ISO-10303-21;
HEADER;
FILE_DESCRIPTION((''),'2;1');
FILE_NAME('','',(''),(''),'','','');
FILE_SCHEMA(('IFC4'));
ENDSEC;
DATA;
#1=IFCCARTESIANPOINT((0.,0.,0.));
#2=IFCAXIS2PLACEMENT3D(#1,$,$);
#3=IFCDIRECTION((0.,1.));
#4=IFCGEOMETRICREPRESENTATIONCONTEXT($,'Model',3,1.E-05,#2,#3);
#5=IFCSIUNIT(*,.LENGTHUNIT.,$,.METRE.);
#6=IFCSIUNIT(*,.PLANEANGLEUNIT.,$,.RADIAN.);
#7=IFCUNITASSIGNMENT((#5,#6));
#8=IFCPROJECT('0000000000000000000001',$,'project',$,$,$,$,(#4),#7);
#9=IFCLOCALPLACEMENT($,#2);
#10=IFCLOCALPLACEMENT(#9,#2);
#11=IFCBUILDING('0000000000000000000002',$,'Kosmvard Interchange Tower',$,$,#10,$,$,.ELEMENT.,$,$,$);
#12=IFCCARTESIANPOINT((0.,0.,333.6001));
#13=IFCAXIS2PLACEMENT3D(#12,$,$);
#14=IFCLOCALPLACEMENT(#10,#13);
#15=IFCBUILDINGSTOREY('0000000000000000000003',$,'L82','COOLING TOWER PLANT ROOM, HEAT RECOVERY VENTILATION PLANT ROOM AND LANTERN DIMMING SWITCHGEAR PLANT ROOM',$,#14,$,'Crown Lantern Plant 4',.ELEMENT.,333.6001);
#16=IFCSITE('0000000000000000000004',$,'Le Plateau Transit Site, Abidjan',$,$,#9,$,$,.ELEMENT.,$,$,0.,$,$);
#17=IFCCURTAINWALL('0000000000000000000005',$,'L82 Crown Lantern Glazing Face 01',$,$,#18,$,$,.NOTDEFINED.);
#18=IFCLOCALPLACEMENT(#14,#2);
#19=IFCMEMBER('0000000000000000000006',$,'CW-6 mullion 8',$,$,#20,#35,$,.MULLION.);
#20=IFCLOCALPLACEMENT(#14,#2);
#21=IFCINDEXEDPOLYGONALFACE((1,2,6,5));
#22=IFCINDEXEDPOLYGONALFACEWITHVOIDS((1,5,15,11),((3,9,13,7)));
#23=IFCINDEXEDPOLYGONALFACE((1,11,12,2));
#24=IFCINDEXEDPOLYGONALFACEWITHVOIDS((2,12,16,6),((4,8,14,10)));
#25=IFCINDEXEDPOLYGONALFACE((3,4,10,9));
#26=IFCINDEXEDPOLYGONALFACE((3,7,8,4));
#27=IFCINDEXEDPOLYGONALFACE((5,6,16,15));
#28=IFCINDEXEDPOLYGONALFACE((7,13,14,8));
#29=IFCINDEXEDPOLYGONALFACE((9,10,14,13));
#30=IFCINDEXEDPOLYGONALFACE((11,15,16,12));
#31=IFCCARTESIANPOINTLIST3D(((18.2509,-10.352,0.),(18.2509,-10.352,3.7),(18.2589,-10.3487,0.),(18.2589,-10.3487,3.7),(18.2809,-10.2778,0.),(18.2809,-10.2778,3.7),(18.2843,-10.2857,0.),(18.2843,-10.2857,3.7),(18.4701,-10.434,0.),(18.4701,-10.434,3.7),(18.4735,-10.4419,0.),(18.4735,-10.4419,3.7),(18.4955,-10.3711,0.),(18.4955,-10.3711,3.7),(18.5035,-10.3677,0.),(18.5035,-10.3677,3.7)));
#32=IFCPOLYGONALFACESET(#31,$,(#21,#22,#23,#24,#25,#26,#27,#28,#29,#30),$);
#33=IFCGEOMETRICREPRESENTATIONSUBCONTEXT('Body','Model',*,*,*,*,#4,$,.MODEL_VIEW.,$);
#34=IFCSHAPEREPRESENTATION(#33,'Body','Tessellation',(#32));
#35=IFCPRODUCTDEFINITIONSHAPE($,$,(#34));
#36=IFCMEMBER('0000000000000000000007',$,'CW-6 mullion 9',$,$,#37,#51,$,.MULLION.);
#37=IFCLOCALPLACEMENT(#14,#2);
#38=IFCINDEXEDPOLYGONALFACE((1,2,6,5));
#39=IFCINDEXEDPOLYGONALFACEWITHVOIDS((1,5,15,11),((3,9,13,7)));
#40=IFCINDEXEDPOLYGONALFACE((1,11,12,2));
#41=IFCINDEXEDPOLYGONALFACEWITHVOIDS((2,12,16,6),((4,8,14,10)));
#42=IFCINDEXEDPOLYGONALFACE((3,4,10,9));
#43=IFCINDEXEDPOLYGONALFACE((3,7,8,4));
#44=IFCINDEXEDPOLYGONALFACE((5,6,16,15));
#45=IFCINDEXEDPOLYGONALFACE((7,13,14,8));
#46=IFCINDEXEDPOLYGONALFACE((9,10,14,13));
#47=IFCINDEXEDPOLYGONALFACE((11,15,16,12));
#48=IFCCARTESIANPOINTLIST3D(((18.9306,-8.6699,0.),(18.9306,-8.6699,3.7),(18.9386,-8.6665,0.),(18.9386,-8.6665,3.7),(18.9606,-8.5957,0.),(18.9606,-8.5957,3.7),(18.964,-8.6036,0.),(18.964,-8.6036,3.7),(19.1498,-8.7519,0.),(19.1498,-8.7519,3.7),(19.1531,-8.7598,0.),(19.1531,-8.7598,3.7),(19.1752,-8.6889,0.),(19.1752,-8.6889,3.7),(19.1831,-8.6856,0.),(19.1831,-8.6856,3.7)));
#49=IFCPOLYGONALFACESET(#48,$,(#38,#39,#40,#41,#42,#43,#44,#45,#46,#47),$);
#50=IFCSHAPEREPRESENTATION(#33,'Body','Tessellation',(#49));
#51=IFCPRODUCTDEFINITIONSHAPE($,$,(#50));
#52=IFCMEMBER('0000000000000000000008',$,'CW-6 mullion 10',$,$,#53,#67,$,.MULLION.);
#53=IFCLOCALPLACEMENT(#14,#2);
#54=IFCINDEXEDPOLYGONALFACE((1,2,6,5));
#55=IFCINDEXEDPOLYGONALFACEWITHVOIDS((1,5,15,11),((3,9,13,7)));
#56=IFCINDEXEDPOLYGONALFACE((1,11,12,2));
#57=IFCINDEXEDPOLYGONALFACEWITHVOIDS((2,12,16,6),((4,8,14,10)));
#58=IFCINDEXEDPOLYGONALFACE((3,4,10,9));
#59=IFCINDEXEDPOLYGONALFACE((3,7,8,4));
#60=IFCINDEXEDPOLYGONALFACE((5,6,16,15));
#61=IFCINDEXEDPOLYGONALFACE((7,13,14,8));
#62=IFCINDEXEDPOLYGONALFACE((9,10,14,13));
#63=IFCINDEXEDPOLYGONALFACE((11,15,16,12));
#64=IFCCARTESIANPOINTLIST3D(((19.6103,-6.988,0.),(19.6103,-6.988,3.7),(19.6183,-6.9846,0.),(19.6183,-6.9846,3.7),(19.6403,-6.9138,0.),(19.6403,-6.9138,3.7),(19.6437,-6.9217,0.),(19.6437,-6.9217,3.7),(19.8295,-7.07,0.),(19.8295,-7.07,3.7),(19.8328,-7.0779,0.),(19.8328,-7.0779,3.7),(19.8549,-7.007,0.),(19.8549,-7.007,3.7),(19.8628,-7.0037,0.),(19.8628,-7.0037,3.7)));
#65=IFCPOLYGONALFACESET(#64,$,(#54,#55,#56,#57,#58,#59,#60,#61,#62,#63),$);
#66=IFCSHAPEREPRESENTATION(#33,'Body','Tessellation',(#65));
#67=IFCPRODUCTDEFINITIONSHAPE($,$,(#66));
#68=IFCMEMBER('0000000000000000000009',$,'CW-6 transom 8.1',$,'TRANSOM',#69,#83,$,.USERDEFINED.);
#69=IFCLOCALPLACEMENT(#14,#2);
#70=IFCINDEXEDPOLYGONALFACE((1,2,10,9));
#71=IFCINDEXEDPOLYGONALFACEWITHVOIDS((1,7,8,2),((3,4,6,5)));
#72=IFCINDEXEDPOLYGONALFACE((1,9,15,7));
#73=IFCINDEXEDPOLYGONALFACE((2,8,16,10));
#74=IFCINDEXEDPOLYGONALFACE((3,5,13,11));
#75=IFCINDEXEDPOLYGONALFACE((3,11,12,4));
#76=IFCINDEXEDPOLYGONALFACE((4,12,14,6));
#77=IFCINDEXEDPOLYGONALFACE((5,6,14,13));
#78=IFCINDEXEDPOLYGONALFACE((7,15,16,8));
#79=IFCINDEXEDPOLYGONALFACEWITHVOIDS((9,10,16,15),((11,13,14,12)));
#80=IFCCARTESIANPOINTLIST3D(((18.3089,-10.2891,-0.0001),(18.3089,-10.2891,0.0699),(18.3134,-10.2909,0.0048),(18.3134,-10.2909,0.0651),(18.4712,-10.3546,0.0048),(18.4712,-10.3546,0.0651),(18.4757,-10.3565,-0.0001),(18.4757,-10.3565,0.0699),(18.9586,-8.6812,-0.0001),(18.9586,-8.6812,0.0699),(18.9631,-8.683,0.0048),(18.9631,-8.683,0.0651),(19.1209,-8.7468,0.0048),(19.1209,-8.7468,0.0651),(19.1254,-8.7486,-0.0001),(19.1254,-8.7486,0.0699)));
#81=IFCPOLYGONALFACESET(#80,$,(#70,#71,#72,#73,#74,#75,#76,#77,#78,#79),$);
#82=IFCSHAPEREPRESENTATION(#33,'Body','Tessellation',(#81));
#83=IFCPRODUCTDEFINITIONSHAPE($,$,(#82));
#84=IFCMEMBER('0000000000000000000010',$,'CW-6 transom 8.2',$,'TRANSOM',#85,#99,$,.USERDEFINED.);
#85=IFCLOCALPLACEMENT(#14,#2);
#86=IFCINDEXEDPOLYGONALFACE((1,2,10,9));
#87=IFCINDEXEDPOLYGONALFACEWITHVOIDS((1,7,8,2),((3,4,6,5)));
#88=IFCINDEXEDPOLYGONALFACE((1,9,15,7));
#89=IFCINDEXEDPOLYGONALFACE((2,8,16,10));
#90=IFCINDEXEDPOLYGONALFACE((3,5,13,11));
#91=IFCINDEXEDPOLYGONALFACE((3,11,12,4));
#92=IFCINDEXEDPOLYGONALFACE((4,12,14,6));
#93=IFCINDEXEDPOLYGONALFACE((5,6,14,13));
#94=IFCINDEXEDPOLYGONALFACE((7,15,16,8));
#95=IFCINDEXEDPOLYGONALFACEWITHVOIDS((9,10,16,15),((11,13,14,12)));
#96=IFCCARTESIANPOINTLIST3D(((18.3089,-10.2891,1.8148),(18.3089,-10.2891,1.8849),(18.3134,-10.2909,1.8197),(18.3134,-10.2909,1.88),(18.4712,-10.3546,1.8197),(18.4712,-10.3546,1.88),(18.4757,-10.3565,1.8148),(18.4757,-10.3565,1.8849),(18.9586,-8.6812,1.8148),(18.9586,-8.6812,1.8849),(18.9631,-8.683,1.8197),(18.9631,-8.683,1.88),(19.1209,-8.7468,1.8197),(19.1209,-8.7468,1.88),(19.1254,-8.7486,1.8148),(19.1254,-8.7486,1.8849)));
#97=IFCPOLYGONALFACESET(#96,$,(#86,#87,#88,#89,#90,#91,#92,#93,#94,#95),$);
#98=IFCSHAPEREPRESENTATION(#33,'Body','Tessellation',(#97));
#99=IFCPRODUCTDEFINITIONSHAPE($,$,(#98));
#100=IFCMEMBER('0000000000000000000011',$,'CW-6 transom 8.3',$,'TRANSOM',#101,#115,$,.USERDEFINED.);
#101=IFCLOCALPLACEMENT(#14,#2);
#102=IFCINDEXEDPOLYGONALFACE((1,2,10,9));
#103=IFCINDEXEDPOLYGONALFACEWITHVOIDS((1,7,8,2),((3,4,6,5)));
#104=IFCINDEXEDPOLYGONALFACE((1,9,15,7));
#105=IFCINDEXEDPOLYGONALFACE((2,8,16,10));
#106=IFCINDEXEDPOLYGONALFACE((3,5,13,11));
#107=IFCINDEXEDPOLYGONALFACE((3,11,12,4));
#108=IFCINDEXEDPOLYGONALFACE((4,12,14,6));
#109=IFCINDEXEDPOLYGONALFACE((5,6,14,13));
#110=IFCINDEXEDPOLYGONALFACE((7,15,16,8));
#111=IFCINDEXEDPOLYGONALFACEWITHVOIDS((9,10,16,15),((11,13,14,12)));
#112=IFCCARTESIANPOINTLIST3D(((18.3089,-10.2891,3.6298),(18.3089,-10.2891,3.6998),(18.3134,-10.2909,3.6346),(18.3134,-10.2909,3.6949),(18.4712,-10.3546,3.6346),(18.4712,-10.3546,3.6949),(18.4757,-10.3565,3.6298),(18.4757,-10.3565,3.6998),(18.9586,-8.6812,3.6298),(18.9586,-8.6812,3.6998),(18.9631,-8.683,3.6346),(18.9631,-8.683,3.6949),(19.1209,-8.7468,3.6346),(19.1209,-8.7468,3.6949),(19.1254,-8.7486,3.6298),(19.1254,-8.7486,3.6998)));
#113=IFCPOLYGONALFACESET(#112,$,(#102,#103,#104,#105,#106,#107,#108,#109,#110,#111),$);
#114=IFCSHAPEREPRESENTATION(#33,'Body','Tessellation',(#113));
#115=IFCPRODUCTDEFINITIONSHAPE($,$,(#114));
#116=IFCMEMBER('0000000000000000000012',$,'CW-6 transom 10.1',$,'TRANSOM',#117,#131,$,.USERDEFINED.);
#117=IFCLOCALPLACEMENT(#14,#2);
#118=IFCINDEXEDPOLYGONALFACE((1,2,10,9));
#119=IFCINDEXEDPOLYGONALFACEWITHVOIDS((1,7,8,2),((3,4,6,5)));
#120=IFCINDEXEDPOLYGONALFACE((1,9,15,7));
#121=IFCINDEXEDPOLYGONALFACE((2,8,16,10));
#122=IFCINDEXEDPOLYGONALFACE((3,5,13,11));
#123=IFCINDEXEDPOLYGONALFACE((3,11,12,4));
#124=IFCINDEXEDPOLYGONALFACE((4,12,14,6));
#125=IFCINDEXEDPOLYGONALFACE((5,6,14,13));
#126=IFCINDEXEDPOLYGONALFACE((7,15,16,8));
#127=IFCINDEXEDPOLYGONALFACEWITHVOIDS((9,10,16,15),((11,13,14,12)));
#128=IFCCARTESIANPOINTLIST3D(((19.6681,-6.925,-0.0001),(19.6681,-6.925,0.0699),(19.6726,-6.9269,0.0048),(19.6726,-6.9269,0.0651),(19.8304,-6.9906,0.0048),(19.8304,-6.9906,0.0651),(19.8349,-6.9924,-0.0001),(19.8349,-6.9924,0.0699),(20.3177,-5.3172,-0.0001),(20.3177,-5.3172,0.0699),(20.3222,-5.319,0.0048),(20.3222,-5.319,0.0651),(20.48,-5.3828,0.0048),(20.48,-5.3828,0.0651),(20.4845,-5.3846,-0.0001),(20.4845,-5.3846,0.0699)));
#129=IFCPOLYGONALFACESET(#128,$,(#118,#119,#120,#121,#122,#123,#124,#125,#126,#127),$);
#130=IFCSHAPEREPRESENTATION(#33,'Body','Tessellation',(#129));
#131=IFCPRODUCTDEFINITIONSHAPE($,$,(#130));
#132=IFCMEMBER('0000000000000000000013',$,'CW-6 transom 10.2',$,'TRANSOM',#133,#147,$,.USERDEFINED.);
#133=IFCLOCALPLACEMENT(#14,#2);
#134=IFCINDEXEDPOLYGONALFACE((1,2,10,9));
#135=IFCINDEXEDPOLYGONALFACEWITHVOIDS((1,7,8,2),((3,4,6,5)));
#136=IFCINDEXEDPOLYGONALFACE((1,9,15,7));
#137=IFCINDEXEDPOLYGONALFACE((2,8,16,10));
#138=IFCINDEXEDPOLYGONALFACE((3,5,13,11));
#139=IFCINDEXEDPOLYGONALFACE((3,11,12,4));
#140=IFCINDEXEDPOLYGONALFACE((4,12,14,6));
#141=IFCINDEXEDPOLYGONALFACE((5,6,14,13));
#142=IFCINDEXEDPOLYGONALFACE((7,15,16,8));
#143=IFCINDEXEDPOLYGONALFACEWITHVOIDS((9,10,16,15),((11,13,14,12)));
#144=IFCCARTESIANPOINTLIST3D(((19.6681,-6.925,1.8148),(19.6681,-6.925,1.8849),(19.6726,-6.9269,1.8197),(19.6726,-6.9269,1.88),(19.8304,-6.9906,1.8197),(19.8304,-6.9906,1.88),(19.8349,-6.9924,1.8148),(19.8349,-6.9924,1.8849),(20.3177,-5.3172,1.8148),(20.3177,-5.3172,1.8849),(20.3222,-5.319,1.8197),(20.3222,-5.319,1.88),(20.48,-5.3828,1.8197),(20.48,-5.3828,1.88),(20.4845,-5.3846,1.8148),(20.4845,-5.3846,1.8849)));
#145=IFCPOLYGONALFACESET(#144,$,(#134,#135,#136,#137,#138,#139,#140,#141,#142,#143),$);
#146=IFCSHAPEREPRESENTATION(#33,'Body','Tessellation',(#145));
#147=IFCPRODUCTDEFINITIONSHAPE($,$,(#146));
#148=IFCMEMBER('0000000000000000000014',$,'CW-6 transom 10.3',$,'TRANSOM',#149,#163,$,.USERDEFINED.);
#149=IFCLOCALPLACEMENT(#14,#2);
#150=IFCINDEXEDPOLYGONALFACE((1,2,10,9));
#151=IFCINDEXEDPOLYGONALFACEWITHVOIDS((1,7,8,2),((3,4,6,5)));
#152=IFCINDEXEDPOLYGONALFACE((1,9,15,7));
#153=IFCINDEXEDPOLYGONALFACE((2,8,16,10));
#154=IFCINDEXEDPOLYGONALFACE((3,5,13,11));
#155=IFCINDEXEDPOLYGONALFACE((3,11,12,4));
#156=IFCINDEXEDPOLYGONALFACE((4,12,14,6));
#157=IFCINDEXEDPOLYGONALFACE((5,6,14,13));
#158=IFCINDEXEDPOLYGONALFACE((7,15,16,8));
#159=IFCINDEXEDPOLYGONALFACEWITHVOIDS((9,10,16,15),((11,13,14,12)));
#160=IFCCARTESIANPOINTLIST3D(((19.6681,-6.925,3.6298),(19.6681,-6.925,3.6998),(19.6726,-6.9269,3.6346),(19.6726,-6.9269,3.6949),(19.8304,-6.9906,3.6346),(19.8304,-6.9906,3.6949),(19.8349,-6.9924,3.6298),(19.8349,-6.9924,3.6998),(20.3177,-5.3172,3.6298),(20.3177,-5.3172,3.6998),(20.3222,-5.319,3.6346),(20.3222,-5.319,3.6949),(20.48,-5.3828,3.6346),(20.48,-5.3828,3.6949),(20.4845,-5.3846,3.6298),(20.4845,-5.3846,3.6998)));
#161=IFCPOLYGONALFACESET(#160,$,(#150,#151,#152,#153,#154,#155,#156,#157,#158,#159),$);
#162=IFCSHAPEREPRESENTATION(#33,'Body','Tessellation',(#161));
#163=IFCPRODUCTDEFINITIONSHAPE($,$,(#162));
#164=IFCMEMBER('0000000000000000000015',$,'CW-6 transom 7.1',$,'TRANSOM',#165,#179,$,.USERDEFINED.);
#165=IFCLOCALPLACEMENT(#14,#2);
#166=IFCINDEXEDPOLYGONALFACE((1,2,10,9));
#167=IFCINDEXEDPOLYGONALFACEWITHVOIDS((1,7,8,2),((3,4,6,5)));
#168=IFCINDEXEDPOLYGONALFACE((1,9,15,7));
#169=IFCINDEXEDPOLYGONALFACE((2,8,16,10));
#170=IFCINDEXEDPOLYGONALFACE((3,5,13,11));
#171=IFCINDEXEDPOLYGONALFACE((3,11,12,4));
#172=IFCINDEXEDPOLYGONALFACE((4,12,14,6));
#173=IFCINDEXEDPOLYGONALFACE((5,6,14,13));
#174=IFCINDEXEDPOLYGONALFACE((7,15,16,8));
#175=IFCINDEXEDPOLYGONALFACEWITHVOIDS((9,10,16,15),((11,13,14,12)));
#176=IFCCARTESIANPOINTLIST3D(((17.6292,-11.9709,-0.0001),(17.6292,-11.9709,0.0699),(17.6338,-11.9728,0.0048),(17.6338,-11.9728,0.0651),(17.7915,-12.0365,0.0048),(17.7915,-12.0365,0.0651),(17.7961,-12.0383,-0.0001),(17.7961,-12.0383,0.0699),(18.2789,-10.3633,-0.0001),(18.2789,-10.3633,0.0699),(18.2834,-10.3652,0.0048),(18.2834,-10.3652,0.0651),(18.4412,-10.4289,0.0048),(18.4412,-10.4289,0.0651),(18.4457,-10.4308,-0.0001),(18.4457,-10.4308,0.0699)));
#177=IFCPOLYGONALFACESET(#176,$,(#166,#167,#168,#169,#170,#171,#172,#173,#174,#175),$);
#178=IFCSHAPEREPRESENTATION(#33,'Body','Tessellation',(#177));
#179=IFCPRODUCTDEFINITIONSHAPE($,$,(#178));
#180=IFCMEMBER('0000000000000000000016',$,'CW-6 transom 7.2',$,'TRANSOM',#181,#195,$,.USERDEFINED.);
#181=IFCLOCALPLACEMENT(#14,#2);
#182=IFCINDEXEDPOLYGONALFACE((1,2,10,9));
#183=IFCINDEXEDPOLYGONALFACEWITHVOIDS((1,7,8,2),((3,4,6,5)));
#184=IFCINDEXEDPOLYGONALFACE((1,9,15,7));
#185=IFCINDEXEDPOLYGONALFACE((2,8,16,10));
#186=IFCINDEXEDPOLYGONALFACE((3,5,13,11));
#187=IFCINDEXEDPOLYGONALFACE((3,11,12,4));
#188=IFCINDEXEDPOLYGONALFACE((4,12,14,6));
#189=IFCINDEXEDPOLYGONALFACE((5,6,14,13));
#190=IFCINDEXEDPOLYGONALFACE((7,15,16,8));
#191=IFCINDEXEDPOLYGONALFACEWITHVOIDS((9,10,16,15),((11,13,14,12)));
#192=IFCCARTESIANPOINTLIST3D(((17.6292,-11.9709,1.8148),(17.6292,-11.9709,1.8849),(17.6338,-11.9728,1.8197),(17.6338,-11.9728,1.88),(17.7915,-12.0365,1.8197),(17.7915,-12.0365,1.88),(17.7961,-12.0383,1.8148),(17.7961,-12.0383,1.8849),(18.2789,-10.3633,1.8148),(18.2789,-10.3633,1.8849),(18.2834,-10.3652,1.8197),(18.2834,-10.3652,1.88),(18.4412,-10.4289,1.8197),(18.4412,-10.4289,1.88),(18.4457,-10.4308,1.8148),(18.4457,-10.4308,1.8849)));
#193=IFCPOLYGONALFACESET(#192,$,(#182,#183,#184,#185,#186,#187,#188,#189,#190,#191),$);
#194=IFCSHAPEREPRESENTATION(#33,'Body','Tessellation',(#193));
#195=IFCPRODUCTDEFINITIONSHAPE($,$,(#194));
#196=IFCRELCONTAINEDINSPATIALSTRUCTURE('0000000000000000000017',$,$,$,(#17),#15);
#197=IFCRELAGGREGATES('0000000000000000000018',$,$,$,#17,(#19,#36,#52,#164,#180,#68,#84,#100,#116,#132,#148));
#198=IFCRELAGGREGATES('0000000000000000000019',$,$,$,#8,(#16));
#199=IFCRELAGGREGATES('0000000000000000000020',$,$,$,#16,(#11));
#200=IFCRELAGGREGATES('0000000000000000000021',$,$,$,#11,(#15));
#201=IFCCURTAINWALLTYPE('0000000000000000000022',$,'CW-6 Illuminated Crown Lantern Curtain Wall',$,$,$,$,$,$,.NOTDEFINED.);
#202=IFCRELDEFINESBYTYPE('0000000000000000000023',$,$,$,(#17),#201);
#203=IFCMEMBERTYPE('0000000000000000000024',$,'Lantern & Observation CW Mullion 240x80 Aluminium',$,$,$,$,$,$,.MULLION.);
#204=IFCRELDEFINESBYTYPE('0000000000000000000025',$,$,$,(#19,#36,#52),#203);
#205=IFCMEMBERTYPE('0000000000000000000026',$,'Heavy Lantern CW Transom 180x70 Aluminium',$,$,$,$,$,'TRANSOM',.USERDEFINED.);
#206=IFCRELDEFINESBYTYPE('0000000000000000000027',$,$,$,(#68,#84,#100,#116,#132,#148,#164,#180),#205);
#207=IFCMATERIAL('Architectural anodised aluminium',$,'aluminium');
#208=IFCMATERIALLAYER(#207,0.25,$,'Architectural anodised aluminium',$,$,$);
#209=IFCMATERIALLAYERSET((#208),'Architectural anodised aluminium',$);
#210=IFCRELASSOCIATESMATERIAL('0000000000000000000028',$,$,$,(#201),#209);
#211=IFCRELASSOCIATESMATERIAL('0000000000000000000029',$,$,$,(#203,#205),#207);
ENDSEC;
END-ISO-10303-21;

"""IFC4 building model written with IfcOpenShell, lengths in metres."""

from ifc_helpers import new_model, si_unit, direction, frame, origin, origin_2d, place, context, subcontext, project, spatial, hollow_rectangle, extrude, source, transform, mapped, material, layer, layer_set, material_profile, profile_set, type_object, element, aggregate, save


model = new_model("IFC4")

# Units and contexts
model_context = context("Model", 3, precision=1e-05, world=origin(), true_north=direction((0.0, 1.0)))
body_context = subcontext(model_context, "Body", "Model", "MODEL_VIEW")
ifc_project = project(units=[si_unit("LENGTHUNIT", "METRE"), si_unit("PLANEANGLEUNIT", "RADIAN")], contexts=[model_context])

# Site, building, storey
site_placement = place(None, origin())
site = spatial("IfcSite", under=ifc_project, at=site_placement, Name="Le Plateau Transit Site, Abidjan", CompositionType="ELEMENT", RefElevation=0.0)
building_placement = place(site_placement, origin())
building = spatial("IfcBuilding", under=site, at=building_placement, Name="Kosmvard Interchange Tower", CompositionType="ELEMENT")
storey_placement = place(building_placement, frame((0.0, 0.0, 333.6001)))
storey = spatial("IfcBuildingStorey", under=building, at=storey_placement, Name="L82", Description="COOLING TOWER PLANT ROOM, HEAT RECOVERY VENTILATION PLANT ROOM AND LANTERN DIMMING SWITCHGEAR PLANT ROOM", LongName="Crown Lantern Plant 4", CompositionType="ELEMENT", Elevation=333.6001)

# Curtain wall, members
ifc_material_1 = material(Name="Architectural anodised aluminium", Category="aluminium")
ifc_layer_1 = layer(ifc_material_1, 0.25, Name="Architectural anodised aluminium")
ifc_layer_set_1 = layer_set([ifc_layer_1], Name="Architectural anodised aluminium")
curtain_wall_type = type_object("IfcCurtainWallType", Name="CW-6 Illuminated Crown Lantern Curtain Wall", PredefinedType="NOTDEFINED", material=ifc_layer_set_1)
curtain_wall_placement = place(storey_placement, origin())
curtain_wall = element("IfcCurtainWall", 1, at=curtain_wall_placement, inside=storey, type_object=curtain_wall_type, Name="L82 Crown Lantern Glazing Face 01", PredefinedType="NOTDEFINED")
ifc_material_profile_1 = material_profile(ifc_material_1, hollow_rectangle(XDim=0.24, YDim=0.0801, WallThickness=0.0061, at=origin_2d()), Name="CWM 240x80x6")
ifc_profile_set_1 = profile_set([ifc_material_profile_1], Name="Architectural anodised aluminium")
member_type_1 = type_object("IfcMemberType", Name="Lantern & Observation CW Mullion 240x80 Aluminium", PredefinedType="MULLION", material=ifc_profile_set_1)
shared_shape_1 = source(origin(), body_context, "Body", "SweptSolid", [
    extrude(hollow_rectangle(XDim=0.24, YDim=0.0801, WallThickness=0.0061, at=origin_2d()), origin(), (0.0, 0.0, 1.0), 3.7),
])
member_1_placement = place(storey_placement, frame((18.3772, -10.3599, 0.0), z_axis=(0.0, 0.0, 1.0), x_axis=(-0.927184, 0.374607, 0.0)))
member_1 = element("IfcMember", 2, at=member_1_placement, type_object=member_type_1, Name="CW-6 mullion 8", PredefinedType="MULLION", context=body_context, shape_type="MappedRepresentation", body=[
    mapped(shared_shape_1, transform((0.0, 0.0, 0.0), scale=1.0)),
])
member_2_placement = place(storey_placement, frame((19.0569, -8.6777, 0.0), z_axis=(0.0, 0.0, 1.0), x_axis=(-0.927184, 0.374607, 0.0)))
member_2 = element("IfcMember", 3, at=member_2_placement, type_object=member_type_1, Name="CW-6 mullion 9", PredefinedType="MULLION", context=body_context, shape_type="MappedRepresentation", body=[
    mapped(shared_shape_1, transform((0.0, 0.0, 0.0), scale=1.0)),
])
member_3_placement = place(storey_placement, frame((19.7366, -6.9958, 0.0), z_axis=(0.0, 0.0, 1.0), x_axis=(-0.927184, 0.374607, 0.0)))
member_3 = element("IfcMember", 4, at=member_3_placement, type_object=member_type_1, Name="CW-6 mullion 10", PredefinedType="MULLION", context=body_context, shape_type="MappedRepresentation", body=[
    mapped(shared_shape_1, transform((0.0, 0.0, 0.0), scale=1.0)),
])
ifc_material_profile_2 = material_profile(ifc_material_1, hollow_rectangle(XDim=0.1799, YDim=0.0701, WallThickness=0.0049, at=origin_2d()), Name="CWT 180x70x5")
ifc_profile_set_2 = profile_set([ifc_material_profile_2], Name="Architectural anodised aluminium")
member_type_2 = type_object("IfcMemberType", Name="Heavy Lantern CW Transom 180x70 Aluminium", ElementType="TRANSOM", PredefinedType="USERDEFINED", material=ifc_profile_set_2)
shared_shape_2 = source(origin(), body_context, "Body", "SweptSolid", [
    extrude(hollow_rectangle(XDim=0.1799, YDim=0.0701, WallThickness=0.0049, at=origin_2d()), origin(), (0.0, 0.0, 1.0), 1.7341),
])
member_4_placement = place(storey_placement, frame((18.3923, -10.3228, 0.0349), z_axis=(0.374617, 0.92718, 0.0), x_axis=(-0.92718, 0.374617, 0.0)))
member_4 = element("IfcMember", 5, at=member_4_placement, type_object=member_type_2, Name="CW-6 transom 8.1", ObjectType="TRANSOM", PredefinedType="USERDEFINED", context=body_context, shape_type="MappedRepresentation", body=[
    mapped(shared_shape_2, transform((0.0, 0.0, 0.0), scale=1.0)),
])
member_5_placement = place(storey_placement, frame((18.3923, -10.3228, 1.8499), z_axis=(0.374617, 0.92718, 0.0), x_axis=(-0.92718, 0.374617, 0.0)))
member_5 = element("IfcMember", 6, at=member_5_placement, type_object=member_type_2, Name="CW-6 transom 8.2", ObjectType="TRANSOM", PredefinedType="USERDEFINED", context=body_context, shape_type="MappedRepresentation", body=[
    mapped(shared_shape_2, transform((0.0, 0.0, 0.0), scale=1.0)),
])
member_6_placement = place(storey_placement, frame((18.3923, -10.3228, 3.6648), z_axis=(0.374617, 0.92718, 0.0), x_axis=(-0.92718, 0.374617, 0.0)))
member_6 = element("IfcMember", 7, at=member_6_placement, type_object=member_type_2, Name="CW-6 transom 8.3", ObjectType="TRANSOM", PredefinedType="USERDEFINED", context=body_context, shape_type="MappedRepresentation", body=[
    mapped(shared_shape_2, transform((0.0, 0.0, 0.0), scale=1.0)),
])
member_7_placement = place(storey_placement, frame((19.7515, -6.9587, 0.0349), z_axis=(0.374617, 0.92718, 0.0), x_axis=(-0.92718, 0.374617, 0.0)))
member_7 = element("IfcMember", 8, at=member_7_placement, type_object=member_type_2, Name="CW-6 transom 10.1", ObjectType="TRANSOM", PredefinedType="USERDEFINED", context=body_context, shape_type="MappedRepresentation", body=[
    mapped(shared_shape_2, transform((0.0, 0.0, 0.0), scale=1.0)),
])
member_8_placement = place(storey_placement, frame((19.7515, -6.9587, 1.8499), z_axis=(0.374617, 0.92718, 0.0), x_axis=(-0.92718, 0.374617, 0.0)))
member_8 = element("IfcMember", 9, at=member_8_placement, type_object=member_type_2, Name="CW-6 transom 10.2", ObjectType="TRANSOM", PredefinedType="USERDEFINED", context=body_context, shape_type="MappedRepresentation", body=[
    mapped(shared_shape_2, transform((0.0, 0.0, 0.0), scale=1.0)),
])
member_9_placement = place(storey_placement, frame((19.7515, -6.9587, 3.6648), z_axis=(0.374617, 0.92718, 0.0), x_axis=(-0.92718, 0.374617, 0.0)))
member_9 = element("IfcMember", 10, at=member_9_placement, type_object=member_type_2, Name="CW-6 transom 10.3", ObjectType="TRANSOM", PredefinedType="USERDEFINED", context=body_context, shape_type="MappedRepresentation", body=[
    mapped(shared_shape_2, transform((0.0, 0.0, 0.0), scale=1.0)),
])
shared_shape_3 = source(origin(), body_context, "Body", "SweptSolid", [
    extrude(hollow_rectangle(XDim=0.1799, YDim=0.0701, WallThickness=0.0049, at=origin_2d()), origin(), (0.0, 0.0, 1.0), 1.7339),
])
member_10_placement = place(storey_placement, frame((17.7126, -12.0046, 0.0349), z_axis=(0.374666, 0.92716, 0.0), x_axis=(-0.92716, 0.374666, 0.0)))
member_10 = element("IfcMember", 11, at=member_10_placement, type_object=member_type_2, Name="CW-6 transom 7.1", ObjectType="TRANSOM", PredefinedType="USERDEFINED", context=body_context, shape_type="MappedRepresentation", body=[
    mapped(shared_shape_3, transform((0.0, 0.0, 0.0), scale=1.0)),
])
member_11_placement = place(storey_placement, frame((17.7126, -12.0046, 1.8499), z_axis=(0.374666, 0.92716, 0.0), x_axis=(-0.92716, 0.374666, 0.0)))
member_11 = element("IfcMember", 12, at=member_11_placement, type_object=member_type_2, Name="CW-6 transom 7.2", ObjectType="TRANSOM", PredefinedType="USERDEFINED", context=body_context, shape_type="MappedRepresentation", body=[
    mapped(shared_shape_3, transform((0.0, 0.0, 0.0), scale=1.0)),
])
aggregate(curtain_wall, [member_1, member_2, member_3, member_10, member_11, member_4, member_5, member_6, member_7, member_8, member_9])

save(model, "model.ifc")
